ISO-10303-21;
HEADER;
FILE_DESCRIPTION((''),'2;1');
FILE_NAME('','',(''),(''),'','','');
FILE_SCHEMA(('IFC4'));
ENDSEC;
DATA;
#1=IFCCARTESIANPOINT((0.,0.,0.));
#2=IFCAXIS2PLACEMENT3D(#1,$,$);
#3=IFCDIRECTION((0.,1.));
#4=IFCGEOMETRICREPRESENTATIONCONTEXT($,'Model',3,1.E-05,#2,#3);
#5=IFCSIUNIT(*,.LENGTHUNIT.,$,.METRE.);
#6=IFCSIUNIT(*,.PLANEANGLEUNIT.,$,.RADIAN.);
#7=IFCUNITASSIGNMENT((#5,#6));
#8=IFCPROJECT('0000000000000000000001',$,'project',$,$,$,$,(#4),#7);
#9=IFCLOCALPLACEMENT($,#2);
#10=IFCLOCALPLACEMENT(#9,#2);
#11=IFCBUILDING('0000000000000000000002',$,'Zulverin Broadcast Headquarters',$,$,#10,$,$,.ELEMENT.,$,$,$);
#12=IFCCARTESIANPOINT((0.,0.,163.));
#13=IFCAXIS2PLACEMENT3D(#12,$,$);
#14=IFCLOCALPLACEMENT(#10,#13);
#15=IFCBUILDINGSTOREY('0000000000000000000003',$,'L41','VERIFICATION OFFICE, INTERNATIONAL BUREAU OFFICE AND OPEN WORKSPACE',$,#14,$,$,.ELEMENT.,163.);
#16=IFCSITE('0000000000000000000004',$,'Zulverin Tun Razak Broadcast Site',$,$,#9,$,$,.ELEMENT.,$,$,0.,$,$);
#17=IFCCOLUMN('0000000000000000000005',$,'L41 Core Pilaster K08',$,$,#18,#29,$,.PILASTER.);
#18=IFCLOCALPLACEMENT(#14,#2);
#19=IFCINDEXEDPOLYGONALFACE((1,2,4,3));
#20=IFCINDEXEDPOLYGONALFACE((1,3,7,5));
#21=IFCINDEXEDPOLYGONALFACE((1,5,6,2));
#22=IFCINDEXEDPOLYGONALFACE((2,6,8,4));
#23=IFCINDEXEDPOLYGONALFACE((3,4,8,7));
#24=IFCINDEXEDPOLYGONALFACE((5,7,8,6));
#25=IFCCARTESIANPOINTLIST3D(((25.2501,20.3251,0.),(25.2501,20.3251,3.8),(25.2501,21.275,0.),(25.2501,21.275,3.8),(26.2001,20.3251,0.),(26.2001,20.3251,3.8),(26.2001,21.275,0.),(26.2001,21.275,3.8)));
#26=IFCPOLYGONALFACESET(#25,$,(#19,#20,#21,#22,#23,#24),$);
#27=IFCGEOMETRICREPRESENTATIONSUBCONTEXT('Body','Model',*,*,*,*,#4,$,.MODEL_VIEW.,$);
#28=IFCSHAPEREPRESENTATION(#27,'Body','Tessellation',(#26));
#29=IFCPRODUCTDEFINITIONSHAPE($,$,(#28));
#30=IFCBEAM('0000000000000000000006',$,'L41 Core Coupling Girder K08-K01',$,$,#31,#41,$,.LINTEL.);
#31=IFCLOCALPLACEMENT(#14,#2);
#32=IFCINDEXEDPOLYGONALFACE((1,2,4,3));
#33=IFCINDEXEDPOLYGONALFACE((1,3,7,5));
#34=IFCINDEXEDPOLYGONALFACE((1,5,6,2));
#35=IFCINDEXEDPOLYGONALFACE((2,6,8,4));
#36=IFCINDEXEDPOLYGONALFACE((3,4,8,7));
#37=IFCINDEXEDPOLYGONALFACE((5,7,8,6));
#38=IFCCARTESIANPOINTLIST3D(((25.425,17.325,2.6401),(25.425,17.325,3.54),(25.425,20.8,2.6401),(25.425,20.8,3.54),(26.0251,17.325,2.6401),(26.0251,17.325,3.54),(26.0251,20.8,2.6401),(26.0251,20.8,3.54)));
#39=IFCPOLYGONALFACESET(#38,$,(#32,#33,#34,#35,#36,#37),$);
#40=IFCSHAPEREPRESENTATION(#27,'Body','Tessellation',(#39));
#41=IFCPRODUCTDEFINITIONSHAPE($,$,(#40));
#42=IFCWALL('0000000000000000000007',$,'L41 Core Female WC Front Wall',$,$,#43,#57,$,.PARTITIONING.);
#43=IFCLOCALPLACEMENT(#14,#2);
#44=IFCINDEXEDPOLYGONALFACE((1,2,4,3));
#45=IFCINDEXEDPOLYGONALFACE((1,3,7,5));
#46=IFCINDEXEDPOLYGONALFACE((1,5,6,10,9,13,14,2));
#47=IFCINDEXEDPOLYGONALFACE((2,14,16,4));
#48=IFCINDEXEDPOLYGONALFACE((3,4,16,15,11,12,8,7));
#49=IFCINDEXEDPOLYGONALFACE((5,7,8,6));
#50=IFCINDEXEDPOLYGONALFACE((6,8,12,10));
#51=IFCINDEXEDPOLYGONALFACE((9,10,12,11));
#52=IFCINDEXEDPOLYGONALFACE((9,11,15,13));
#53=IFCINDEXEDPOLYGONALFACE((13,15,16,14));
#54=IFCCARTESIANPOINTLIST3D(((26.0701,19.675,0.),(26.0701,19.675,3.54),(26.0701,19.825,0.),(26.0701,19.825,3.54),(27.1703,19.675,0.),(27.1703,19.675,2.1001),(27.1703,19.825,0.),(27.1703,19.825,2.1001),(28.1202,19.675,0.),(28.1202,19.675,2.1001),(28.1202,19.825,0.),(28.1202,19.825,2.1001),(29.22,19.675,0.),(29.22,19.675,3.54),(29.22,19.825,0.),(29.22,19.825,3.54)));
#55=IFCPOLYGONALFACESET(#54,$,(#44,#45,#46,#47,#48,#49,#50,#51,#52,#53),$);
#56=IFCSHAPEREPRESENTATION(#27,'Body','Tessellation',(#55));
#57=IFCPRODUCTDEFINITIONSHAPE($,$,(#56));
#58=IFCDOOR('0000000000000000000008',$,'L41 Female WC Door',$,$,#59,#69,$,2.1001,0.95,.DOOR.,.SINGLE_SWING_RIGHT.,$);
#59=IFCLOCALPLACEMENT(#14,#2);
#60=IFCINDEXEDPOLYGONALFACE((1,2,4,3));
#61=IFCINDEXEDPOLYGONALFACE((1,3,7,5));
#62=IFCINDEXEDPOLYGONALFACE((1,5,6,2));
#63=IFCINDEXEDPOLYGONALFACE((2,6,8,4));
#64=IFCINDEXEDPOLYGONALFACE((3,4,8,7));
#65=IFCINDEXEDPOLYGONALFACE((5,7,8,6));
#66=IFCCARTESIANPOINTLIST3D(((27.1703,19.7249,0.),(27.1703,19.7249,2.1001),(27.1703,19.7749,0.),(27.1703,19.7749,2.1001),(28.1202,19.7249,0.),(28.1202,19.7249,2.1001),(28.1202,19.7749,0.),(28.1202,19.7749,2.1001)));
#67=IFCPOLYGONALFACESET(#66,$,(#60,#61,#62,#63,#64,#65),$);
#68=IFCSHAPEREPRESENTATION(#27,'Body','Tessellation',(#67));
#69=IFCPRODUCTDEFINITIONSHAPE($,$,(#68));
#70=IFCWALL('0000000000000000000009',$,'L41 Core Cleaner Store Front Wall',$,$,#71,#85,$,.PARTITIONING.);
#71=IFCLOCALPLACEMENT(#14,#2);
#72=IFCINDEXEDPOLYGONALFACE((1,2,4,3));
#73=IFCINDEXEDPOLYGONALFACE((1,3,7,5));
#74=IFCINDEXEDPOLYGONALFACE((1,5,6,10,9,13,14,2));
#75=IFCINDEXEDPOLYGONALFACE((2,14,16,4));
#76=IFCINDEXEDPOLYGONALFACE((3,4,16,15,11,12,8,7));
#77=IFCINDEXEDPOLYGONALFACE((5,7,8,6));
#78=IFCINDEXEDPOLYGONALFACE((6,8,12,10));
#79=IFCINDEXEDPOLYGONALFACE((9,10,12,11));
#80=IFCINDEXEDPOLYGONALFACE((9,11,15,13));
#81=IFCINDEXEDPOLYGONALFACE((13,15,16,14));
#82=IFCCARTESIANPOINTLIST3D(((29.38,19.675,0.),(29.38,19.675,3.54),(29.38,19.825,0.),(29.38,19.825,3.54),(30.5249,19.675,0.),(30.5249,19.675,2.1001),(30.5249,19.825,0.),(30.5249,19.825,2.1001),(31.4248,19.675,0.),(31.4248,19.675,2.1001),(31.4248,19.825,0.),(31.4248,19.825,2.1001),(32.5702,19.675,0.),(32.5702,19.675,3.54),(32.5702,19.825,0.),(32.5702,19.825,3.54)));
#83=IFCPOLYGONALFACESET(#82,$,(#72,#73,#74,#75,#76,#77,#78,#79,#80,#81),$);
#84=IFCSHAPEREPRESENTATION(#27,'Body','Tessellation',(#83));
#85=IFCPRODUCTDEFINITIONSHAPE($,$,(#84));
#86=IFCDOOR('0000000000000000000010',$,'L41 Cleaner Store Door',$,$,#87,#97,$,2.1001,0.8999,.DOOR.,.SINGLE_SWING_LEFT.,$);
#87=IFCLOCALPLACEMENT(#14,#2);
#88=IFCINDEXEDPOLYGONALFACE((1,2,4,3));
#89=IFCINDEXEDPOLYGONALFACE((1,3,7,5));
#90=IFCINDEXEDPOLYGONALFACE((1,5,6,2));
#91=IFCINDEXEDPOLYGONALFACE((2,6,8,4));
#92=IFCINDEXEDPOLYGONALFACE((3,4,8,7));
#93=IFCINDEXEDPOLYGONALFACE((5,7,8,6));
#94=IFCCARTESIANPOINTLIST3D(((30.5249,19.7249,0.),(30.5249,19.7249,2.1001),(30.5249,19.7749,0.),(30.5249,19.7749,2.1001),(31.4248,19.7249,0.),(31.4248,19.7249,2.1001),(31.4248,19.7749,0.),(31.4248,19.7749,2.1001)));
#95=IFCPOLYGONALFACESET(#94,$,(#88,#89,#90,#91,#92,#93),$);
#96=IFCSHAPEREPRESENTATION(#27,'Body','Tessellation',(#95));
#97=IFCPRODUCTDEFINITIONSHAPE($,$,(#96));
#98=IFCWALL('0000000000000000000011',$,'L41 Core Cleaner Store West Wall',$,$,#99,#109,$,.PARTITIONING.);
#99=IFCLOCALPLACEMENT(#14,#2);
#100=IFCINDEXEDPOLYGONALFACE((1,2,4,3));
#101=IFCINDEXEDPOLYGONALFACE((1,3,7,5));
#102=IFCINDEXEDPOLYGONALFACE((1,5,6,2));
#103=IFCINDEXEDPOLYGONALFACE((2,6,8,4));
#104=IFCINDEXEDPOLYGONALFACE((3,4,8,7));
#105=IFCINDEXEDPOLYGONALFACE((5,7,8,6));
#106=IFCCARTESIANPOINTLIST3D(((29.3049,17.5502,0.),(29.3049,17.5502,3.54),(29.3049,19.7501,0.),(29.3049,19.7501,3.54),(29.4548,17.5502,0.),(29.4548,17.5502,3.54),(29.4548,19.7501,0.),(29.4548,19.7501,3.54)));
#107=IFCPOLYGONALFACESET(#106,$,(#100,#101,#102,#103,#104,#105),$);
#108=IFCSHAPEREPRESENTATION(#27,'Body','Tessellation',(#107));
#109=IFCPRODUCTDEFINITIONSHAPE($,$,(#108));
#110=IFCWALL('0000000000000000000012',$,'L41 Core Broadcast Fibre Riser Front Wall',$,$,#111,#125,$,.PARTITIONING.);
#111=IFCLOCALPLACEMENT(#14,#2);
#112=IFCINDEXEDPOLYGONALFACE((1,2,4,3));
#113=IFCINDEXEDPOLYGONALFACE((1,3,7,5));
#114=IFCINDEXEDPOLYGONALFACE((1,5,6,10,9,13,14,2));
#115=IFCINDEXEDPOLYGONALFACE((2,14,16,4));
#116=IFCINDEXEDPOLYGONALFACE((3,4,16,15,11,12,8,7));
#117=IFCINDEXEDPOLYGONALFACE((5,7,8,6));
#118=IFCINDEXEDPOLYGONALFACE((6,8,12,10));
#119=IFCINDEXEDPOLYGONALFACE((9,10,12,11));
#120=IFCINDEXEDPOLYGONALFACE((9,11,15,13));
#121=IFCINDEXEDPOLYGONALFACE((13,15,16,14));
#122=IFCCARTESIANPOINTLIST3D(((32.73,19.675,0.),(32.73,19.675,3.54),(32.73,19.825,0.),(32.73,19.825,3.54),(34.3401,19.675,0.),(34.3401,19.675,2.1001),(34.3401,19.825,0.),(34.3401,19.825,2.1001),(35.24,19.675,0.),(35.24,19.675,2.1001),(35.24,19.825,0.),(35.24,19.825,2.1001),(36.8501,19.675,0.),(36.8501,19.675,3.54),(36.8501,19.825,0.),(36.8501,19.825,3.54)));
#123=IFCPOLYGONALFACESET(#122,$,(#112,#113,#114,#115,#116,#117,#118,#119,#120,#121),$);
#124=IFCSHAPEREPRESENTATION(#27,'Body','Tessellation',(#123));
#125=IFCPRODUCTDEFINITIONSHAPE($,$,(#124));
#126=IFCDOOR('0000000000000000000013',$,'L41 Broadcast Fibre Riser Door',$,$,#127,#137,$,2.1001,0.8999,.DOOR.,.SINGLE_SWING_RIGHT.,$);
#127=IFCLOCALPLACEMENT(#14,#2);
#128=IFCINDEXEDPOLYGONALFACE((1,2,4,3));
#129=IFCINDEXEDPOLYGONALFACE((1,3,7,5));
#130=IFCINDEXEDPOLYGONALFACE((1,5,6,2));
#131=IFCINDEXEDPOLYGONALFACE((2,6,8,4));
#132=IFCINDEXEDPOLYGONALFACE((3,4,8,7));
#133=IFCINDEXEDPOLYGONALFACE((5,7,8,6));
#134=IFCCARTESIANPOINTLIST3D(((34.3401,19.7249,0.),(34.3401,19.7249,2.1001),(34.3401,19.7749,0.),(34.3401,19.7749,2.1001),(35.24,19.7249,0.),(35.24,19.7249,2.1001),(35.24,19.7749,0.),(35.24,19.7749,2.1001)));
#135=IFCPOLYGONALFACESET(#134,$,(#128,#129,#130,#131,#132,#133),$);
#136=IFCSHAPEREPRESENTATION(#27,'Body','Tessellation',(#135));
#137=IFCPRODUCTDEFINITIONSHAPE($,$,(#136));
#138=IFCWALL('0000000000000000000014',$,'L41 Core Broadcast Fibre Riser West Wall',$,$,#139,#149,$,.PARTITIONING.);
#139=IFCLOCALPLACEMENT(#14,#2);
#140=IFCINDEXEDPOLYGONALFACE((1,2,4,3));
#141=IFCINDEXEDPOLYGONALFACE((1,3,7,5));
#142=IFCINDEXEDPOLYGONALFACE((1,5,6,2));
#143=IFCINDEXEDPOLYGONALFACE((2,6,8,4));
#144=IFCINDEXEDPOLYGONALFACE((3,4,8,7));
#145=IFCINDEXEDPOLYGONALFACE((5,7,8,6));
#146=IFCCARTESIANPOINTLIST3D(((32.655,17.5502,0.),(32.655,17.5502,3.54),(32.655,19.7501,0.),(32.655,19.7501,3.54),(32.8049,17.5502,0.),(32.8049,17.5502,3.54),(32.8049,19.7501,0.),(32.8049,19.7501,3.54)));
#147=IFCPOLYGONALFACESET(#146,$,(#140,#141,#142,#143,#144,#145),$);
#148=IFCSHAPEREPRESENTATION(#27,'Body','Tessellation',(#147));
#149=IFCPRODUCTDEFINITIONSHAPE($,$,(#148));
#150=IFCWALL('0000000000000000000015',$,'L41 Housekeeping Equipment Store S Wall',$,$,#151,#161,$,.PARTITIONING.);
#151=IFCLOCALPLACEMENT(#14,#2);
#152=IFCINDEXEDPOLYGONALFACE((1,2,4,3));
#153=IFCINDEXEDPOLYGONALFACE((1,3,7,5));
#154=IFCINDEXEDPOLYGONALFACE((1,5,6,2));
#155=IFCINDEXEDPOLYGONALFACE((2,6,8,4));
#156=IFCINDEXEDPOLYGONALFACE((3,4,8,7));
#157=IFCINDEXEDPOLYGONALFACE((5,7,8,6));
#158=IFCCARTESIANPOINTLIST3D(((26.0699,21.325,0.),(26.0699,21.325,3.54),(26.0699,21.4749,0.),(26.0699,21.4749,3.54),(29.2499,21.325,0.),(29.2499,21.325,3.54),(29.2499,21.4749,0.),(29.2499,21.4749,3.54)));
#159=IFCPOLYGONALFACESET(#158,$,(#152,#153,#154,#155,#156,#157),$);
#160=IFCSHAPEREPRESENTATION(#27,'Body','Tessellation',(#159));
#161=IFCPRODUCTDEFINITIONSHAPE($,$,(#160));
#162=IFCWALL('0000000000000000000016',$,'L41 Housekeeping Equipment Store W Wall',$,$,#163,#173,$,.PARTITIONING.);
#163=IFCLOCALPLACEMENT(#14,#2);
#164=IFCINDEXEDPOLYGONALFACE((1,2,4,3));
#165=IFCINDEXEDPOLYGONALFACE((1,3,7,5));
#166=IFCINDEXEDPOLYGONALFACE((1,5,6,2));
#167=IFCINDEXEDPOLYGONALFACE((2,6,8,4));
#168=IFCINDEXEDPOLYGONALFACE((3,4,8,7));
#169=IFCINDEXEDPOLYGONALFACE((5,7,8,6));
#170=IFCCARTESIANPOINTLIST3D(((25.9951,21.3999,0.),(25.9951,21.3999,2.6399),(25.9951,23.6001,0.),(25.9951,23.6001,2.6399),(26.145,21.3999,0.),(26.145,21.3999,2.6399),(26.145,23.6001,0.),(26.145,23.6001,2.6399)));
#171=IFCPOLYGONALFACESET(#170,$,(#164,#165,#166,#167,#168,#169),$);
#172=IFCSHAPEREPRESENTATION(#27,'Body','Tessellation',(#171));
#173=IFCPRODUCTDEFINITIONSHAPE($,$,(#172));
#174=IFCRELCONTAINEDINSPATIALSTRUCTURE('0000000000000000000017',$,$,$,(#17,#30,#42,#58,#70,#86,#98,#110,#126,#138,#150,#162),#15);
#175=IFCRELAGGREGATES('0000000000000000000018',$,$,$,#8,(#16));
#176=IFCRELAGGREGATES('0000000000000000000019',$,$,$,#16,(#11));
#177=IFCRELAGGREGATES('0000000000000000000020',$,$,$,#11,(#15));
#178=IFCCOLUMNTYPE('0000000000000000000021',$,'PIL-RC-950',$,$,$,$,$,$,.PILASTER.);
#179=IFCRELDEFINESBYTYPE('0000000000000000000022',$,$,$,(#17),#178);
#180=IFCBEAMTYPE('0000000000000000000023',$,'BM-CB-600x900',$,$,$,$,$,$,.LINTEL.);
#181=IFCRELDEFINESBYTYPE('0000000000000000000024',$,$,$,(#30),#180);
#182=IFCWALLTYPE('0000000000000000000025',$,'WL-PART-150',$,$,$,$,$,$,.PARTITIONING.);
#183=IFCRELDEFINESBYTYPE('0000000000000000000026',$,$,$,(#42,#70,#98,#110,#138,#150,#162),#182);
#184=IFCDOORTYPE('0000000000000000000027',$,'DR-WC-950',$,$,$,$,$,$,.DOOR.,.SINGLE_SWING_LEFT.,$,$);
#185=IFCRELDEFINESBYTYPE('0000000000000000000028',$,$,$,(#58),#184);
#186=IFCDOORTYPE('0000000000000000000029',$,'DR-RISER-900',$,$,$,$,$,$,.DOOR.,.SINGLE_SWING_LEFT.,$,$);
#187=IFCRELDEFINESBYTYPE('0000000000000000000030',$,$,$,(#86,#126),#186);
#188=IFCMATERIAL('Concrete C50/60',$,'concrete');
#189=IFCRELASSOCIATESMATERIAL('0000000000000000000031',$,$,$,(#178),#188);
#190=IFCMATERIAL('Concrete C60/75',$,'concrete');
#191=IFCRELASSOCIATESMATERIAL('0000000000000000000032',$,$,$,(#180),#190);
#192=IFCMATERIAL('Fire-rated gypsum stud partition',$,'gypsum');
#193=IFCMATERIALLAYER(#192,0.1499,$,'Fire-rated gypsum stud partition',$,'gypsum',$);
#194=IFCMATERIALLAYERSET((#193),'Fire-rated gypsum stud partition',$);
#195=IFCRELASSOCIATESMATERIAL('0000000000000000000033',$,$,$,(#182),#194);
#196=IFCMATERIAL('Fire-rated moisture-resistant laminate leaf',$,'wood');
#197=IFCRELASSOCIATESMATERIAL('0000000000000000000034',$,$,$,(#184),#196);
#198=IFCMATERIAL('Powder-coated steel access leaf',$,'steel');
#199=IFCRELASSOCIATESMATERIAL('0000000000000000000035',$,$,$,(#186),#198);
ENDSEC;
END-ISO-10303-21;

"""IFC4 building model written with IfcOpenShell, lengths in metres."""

from ifc_helpers import new_model, si_unit, direction, frame, frame_2d, origin, origin_2d, place, context, subcontext, project, spatial, rectangle, extrude, material, layer, layer_set, material_profile, profile_set, type_object, element, fill, save


model = new_model("IFC4")

# Units and contexts
model_context = context("Model", 3, precision=1e-05, world=origin(), true_north=direction((0.0, 1.0)))
body_context = subcontext(model_context, "Body", "Model", "MODEL_VIEW")
ifc_project = project(units=[si_unit("LENGTHUNIT", "METRE"), si_unit("PLANEANGLEUNIT", "RADIAN")], contexts=[model_context])

# Site, building, storey
site_placement = place(None, origin())
site = spatial("IfcSite", under=ifc_project, at=site_placement, Name="Zulverin Tun Razak Broadcast Site", CompositionType="ELEMENT", RefElevation=0.0)
building_placement = place(site_placement, origin())
building = spatial("IfcBuilding", under=site, at=building_placement, Name="Zulverin Broadcast Headquarters", CompositionType="ELEMENT")
storey_placement = place(building_placement, frame((0.0, 0.0, 163.0)))
storey = spatial("IfcBuildingStorey", under=building, at=storey_placement, Name="L41", Description="VERIFICATION OFFICE, INTERNATIONAL BUREAU OFFICE AND OPEN WORKSPACE", CompositionType="ELEMENT", Elevation=163.0)

# Column
ifc_material_1 = material(Name="Concrete C50/60", Category="concrete")
ifc_material_profile_1 = material_profile(ifc_material_1, rectangle(XDim=0.95, YDim=0.95, at=origin_2d()), Name="Concrete C50/60", Category="concrete")
ifc_profile_set_1 = profile_set([ifc_material_profile_1], Name="Concrete C50/60")
column_type = type_object("IfcColumnType", Name="PIL-RC-950", PredefinedType="PILASTER", material=ifc_profile_set_1)
column_placement = place(storey_placement, frame((25.7251, 20.8, 0.0), z_axis=(0.0, 0.0, 1.0), x_axis=(1.0, 0.0, 0.0)))
element("IfcColumn", 1, at=column_placement, inside=storey, type_object=column_type, Name="L41 Core Pilaster K08", PredefinedType="PILASTER", context=body_context, shape_type="SweptSolid", body=[
    extrude(rectangle(XDim=0.95, YDim=0.95, at=origin_2d()), origin(), (0.0, 0.0, 1.0), 3.8),
])

# Beam
ifc_material_2 = material(Name="Concrete C60/75", Category="concrete")
ifc_material_profile_2 = material_profile(ifc_material_2, rectangle(XDim=0.6001, YDim=0.8999, at=origin_2d()), Name="Concrete C60/75", Category="concrete")
ifc_profile_set_2 = profile_set([ifc_material_profile_2], Name="Concrete C60/75")
beam_type = type_object("IfcBeamType", Name="BM-CB-600x900", PredefinedType="LINTEL", material=ifc_profile_set_2)
beam_placement = place(storey_placement, frame((25.7251, 20.8, 3.0901), z_axis=(0.0, -1.0, 0.0), x_axis=(1.0, 0.0, 0.0)))
element("IfcBeam", 2, at=beam_placement, inside=storey, type_object=beam_type, Name="L41 Core Coupling Girder K08-K01", PredefinedType="LINTEL", context=body_context, shape_type="SweptSolid", body=[
    extrude(rectangle(XDim=0.6001, YDim=0.8999, at=origin_2d()), origin(), (0.0, 0.0, 1.0), 3.4751),
])

# Walls, openings, doors
ifc_material_3 = material(Name="Fire-rated gypsum stud partition", Category="gypsum")
ifc_layer_1 = layer(ifc_material_3, 0.1499, Name="Fire-rated gypsum stud partition", Category="gypsum")
ifc_layer_set_1 = layer_set([ifc_layer_1], Name="Fire-rated gypsum stud partition")
wall_type_1 = type_object("IfcWallType", Name="WL-PART-150", PredefinedType="PARTITIONING", material=ifc_layer_set_1)
wall_1_placement = place(storey_placement, frame((26.0701, 19.75, 0.0), z_axis=(0.0, 0.0, 1.0), x_axis=(1.0, 0.0, 0.0)))
wall_1 = element("IfcWall", 3, at=wall_1_placement, inside=storey, type_object=wall_type_1, Name="L41 Core Female WC Front Wall", PredefinedType="PARTITIONING", context=body_context, shape_type="SweptSolid", body=[
    extrude(rectangle(XDim=3.1499, YDim=0.1499, at=frame_2d((1.575, 0.0))), origin(), (0.0, 0.0, 1.0), 3.54),
])
opening_1_placement = place(wall_1_placement, frame((1.1001, 0.0, 0.0)))
opening_1 = element("IfcOpeningElement", 4, at=opening_1_placement, cuts=wall_1, PredefinedType="OPENING", context=body_context, shape_type="SweptSolid", body=[
    extrude(rectangle(XDim=0.95, YDim=2.1001, at=frame_2d((0.4751, 1.05))), frame((0.0, 0.085, 0.0), z_axis=(0.0, -1.0, 0.0), x_axis=(1.0, 0.0, 0.0)), (0.0, 0.0, 1.0), 0.1699),
])
ifc_material_4 = material(Name="Fire-rated moisture-resistant laminate leaf", Category="wood")
door_type_1 = type_object("IfcDoorType", Name="DR-WC-950", OperationType="SINGLE_SWING_LEFT", PredefinedType="DOOR", material=ifc_material_4)
door_1_placement = place(opening_1_placement, origin())
door_1 = element("IfcDoor", 5, at=door_1_placement, inside=storey, type_object=door_type_1, Name="L41 Female WC Door", OperationType="SINGLE_SWING_RIGHT", OverallHeight=2.1001, OverallWidth=0.95, PredefinedType="DOOR", context=body_context, shape_type="SweptSolid", body=[
    extrude(rectangle(XDim=0.95, YDim=2.1001, at=frame_2d((0.4751, 1.05))), frame((0.0, 0.0249, 0.0), z_axis=(0.0, -1.0, 0.0), x_axis=(1.0, 0.0, 0.0)), (0.0, 0.0, 1.0), 0.05),
])
fill(opening_1, door_1)
wall_2_placement = place(storey_placement, frame((29.3799, 19.75, 0.0), z_axis=(0.0, 0.0, 1.0), x_axis=(1.0, 0.0, 0.0)))
wall_2 = element("IfcWall", 6, at=wall_2_placement, inside=storey, type_object=wall_type_1, Name="L41 Core Cleaner Store Front Wall", PredefinedType="PARTITIONING", context=body_context, shape_type="SweptSolid", body=[
    extrude(rectangle(XDim=3.1902, YDim=0.1499, at=frame_2d((1.5952, 0.0))), origin(), (0.0, 0.0, 1.0), 3.54),
])
opening_2_placement = place(wall_2_placement, frame((1.145, 0.0, 0.0)))
opening_2 = element("IfcOpeningElement", 7, at=opening_2_placement, cuts=wall_2, PredefinedType="OPENING", context=body_context, shape_type="SweptSolid", body=[
    extrude(rectangle(XDim=0.8999, YDim=2.1001, at=frame_2d((0.45, 1.05))), frame((0.0, 0.085, 0.0), z_axis=(0.0, -1.0, 0.0), x_axis=(1.0, 0.0, 0.0)), (0.0, 0.0, 1.0), 0.1699),
])
ifc_material_5 = material(Name="Powder-coated steel access leaf", Category="steel")
door_type_2 = type_object("IfcDoorType", Name="DR-RISER-900", OperationType="SINGLE_SWING_LEFT", PredefinedType="DOOR", material=ifc_material_5)
door_2_placement = place(opening_2_placement, origin())
door_2 = element("IfcDoor", 8, at=door_2_placement, inside=storey, type_object=door_type_2, Name="L41 Cleaner Store Door", OperationType="SINGLE_SWING_LEFT", OverallHeight=2.1001, OverallWidth=0.8999, PredefinedType="DOOR", context=body_context, shape_type="SweptSolid", body=[
    extrude(rectangle(XDim=0.8999, YDim=2.1001, at=frame_2d((0.45, 1.05))), frame((0.0, 0.0249, 0.0), z_axis=(0.0, -1.0, 0.0), x_axis=(1.0, 0.0, 0.0)), (0.0, 0.0, 1.0), 0.05),
])
fill(opening_2, door_2)

# Wall
wall_3_placement = place(storey_placement, frame((29.3799, 17.55, 0.0), z_axis=(0.0, 0.0, 1.0), x_axis=(0.0, 1.0, 0.0)))
element("IfcWall", 9, at=wall_3_placement, inside=storey, type_object=wall_type_1, Name="L41 Core Cleaner Store West Wall", PredefinedType="PARTITIONING", context=body_context, shape_type="SweptSolid", body=[
    extrude(rectangle(XDim=2.2, YDim=0.1499, at=frame_2d((1.1001, 0.0))), origin(), (0.0, 0.0, 1.0), 3.54),
])

# Wall, opening, door
wall_4_placement = place(storey_placement, frame((32.73, 19.75, 0.0), z_axis=(0.0, 0.0, 1.0), x_axis=(1.0, 0.0, 0.0)))
wall_4 = element("IfcWall", 10, at=wall_4_placement, inside=storey, type_object=wall_type_1, Name="L41 Core Broadcast Fibre Riser Front Wall", PredefinedType="PARTITIONING", context=body_context, shape_type="SweptSolid", body=[
    extrude(rectangle(XDim=4.1201, YDim=0.1499, at=frame_2d((2.0601, 0.0))), origin(), (0.0, 0.0, 1.0), 3.54),
])
opening_3_placement = place(wall_4_placement, frame((1.6101, 0.0, 0.0)))
opening_3 = element("IfcOpeningElement", 11, at=opening_3_placement, cuts=wall_4, PredefinedType="OPENING", context=body_context, shape_type="SweptSolid", body=[
    extrude(rectangle(XDim=0.8999, YDim=2.1001, at=frame_2d((0.45, 1.05))), frame((0.0, 0.085, 0.0), z_axis=(0.0, -1.0, 0.0), x_axis=(1.0, 0.0, 0.0)), (0.0, 0.0, 1.0), 0.1699),
])
door_3_placement = place(opening_3_placement, origin())
door_3 = element("IfcDoor", 12, at=door_3_placement, inside=storey, type_object=door_type_2, Name="L41 Broadcast Fibre Riser Door", OperationType="SINGLE_SWING_RIGHT", OverallHeight=2.1001, OverallWidth=0.8999, PredefinedType="DOOR", context=body_context, shape_type="SweptSolid", body=[
    extrude(rectangle(XDim=0.8999, YDim=2.1001, at=frame_2d((0.45, 1.05))), frame((0.0, 0.0249, 0.0), z_axis=(0.0, -1.0, 0.0), x_axis=(1.0, 0.0, 0.0)), (0.0, 0.0, 1.0), 0.05),
])
fill(opening_3, door_3)

# Walls
wall_5_placement = place(storey_placement, frame((32.73, 17.55, 0.0), z_axis=(0.0, 0.0, 1.0), x_axis=(0.0, 1.0, 0.0)))
element("IfcWall", 13, at=wall_5_placement, inside=storey, type_object=wall_type_1, Name="L41 Core Broadcast Fibre Riser West Wall", PredefinedType="PARTITIONING", context=body_context, shape_type="SweptSolid", body=[
    extrude(rectangle(XDim=2.2, YDim=0.1499, at=frame_2d((1.1001, 0.0))), origin(), (0.0, 0.0, 1.0), 3.54),
])
wall_6_placement = place(storey_placement, frame((26.0701, 21.3999, 0.0), z_axis=(0.0, 0.0, 1.0), x_axis=(1.0, 0.0, 0.0)))
element("IfcWall", 14, at=wall_6_placement, inside=storey, type_object=wall_type_1, Name="L41 Housekeeping Equipment Store S Wall", PredefinedType="PARTITIONING", context=body_context, shape_type="SweptSolid", body=[
    extrude(rectangle(XDim=3.1799, YDim=0.1499, at=frame_2d((1.5898, 0.0))), origin(), (0.0, 0.0, 1.0), 3.54),
])
wall_7_placement = place(storey_placement, frame((26.0701, 21.3999, 0.0), z_axis=(0.0, 0.0, 1.0), x_axis=(0.0, 1.0, 0.0)))
element("IfcWall", 15, at=wall_7_placement, inside=storey, type_object=wall_type_1, Name="L41 Housekeeping Equipment Store W Wall", PredefinedType="PARTITIONING", context=body_context, shape_type="SweptSolid", body=[
    extrude(rectangle(XDim=2.2002, YDim=0.1499, at=frame_2d((1.1001, 0.0))), origin(), (0.0, 0.0, 1.0), 2.6399),
])

save(model, "model.ifc")
